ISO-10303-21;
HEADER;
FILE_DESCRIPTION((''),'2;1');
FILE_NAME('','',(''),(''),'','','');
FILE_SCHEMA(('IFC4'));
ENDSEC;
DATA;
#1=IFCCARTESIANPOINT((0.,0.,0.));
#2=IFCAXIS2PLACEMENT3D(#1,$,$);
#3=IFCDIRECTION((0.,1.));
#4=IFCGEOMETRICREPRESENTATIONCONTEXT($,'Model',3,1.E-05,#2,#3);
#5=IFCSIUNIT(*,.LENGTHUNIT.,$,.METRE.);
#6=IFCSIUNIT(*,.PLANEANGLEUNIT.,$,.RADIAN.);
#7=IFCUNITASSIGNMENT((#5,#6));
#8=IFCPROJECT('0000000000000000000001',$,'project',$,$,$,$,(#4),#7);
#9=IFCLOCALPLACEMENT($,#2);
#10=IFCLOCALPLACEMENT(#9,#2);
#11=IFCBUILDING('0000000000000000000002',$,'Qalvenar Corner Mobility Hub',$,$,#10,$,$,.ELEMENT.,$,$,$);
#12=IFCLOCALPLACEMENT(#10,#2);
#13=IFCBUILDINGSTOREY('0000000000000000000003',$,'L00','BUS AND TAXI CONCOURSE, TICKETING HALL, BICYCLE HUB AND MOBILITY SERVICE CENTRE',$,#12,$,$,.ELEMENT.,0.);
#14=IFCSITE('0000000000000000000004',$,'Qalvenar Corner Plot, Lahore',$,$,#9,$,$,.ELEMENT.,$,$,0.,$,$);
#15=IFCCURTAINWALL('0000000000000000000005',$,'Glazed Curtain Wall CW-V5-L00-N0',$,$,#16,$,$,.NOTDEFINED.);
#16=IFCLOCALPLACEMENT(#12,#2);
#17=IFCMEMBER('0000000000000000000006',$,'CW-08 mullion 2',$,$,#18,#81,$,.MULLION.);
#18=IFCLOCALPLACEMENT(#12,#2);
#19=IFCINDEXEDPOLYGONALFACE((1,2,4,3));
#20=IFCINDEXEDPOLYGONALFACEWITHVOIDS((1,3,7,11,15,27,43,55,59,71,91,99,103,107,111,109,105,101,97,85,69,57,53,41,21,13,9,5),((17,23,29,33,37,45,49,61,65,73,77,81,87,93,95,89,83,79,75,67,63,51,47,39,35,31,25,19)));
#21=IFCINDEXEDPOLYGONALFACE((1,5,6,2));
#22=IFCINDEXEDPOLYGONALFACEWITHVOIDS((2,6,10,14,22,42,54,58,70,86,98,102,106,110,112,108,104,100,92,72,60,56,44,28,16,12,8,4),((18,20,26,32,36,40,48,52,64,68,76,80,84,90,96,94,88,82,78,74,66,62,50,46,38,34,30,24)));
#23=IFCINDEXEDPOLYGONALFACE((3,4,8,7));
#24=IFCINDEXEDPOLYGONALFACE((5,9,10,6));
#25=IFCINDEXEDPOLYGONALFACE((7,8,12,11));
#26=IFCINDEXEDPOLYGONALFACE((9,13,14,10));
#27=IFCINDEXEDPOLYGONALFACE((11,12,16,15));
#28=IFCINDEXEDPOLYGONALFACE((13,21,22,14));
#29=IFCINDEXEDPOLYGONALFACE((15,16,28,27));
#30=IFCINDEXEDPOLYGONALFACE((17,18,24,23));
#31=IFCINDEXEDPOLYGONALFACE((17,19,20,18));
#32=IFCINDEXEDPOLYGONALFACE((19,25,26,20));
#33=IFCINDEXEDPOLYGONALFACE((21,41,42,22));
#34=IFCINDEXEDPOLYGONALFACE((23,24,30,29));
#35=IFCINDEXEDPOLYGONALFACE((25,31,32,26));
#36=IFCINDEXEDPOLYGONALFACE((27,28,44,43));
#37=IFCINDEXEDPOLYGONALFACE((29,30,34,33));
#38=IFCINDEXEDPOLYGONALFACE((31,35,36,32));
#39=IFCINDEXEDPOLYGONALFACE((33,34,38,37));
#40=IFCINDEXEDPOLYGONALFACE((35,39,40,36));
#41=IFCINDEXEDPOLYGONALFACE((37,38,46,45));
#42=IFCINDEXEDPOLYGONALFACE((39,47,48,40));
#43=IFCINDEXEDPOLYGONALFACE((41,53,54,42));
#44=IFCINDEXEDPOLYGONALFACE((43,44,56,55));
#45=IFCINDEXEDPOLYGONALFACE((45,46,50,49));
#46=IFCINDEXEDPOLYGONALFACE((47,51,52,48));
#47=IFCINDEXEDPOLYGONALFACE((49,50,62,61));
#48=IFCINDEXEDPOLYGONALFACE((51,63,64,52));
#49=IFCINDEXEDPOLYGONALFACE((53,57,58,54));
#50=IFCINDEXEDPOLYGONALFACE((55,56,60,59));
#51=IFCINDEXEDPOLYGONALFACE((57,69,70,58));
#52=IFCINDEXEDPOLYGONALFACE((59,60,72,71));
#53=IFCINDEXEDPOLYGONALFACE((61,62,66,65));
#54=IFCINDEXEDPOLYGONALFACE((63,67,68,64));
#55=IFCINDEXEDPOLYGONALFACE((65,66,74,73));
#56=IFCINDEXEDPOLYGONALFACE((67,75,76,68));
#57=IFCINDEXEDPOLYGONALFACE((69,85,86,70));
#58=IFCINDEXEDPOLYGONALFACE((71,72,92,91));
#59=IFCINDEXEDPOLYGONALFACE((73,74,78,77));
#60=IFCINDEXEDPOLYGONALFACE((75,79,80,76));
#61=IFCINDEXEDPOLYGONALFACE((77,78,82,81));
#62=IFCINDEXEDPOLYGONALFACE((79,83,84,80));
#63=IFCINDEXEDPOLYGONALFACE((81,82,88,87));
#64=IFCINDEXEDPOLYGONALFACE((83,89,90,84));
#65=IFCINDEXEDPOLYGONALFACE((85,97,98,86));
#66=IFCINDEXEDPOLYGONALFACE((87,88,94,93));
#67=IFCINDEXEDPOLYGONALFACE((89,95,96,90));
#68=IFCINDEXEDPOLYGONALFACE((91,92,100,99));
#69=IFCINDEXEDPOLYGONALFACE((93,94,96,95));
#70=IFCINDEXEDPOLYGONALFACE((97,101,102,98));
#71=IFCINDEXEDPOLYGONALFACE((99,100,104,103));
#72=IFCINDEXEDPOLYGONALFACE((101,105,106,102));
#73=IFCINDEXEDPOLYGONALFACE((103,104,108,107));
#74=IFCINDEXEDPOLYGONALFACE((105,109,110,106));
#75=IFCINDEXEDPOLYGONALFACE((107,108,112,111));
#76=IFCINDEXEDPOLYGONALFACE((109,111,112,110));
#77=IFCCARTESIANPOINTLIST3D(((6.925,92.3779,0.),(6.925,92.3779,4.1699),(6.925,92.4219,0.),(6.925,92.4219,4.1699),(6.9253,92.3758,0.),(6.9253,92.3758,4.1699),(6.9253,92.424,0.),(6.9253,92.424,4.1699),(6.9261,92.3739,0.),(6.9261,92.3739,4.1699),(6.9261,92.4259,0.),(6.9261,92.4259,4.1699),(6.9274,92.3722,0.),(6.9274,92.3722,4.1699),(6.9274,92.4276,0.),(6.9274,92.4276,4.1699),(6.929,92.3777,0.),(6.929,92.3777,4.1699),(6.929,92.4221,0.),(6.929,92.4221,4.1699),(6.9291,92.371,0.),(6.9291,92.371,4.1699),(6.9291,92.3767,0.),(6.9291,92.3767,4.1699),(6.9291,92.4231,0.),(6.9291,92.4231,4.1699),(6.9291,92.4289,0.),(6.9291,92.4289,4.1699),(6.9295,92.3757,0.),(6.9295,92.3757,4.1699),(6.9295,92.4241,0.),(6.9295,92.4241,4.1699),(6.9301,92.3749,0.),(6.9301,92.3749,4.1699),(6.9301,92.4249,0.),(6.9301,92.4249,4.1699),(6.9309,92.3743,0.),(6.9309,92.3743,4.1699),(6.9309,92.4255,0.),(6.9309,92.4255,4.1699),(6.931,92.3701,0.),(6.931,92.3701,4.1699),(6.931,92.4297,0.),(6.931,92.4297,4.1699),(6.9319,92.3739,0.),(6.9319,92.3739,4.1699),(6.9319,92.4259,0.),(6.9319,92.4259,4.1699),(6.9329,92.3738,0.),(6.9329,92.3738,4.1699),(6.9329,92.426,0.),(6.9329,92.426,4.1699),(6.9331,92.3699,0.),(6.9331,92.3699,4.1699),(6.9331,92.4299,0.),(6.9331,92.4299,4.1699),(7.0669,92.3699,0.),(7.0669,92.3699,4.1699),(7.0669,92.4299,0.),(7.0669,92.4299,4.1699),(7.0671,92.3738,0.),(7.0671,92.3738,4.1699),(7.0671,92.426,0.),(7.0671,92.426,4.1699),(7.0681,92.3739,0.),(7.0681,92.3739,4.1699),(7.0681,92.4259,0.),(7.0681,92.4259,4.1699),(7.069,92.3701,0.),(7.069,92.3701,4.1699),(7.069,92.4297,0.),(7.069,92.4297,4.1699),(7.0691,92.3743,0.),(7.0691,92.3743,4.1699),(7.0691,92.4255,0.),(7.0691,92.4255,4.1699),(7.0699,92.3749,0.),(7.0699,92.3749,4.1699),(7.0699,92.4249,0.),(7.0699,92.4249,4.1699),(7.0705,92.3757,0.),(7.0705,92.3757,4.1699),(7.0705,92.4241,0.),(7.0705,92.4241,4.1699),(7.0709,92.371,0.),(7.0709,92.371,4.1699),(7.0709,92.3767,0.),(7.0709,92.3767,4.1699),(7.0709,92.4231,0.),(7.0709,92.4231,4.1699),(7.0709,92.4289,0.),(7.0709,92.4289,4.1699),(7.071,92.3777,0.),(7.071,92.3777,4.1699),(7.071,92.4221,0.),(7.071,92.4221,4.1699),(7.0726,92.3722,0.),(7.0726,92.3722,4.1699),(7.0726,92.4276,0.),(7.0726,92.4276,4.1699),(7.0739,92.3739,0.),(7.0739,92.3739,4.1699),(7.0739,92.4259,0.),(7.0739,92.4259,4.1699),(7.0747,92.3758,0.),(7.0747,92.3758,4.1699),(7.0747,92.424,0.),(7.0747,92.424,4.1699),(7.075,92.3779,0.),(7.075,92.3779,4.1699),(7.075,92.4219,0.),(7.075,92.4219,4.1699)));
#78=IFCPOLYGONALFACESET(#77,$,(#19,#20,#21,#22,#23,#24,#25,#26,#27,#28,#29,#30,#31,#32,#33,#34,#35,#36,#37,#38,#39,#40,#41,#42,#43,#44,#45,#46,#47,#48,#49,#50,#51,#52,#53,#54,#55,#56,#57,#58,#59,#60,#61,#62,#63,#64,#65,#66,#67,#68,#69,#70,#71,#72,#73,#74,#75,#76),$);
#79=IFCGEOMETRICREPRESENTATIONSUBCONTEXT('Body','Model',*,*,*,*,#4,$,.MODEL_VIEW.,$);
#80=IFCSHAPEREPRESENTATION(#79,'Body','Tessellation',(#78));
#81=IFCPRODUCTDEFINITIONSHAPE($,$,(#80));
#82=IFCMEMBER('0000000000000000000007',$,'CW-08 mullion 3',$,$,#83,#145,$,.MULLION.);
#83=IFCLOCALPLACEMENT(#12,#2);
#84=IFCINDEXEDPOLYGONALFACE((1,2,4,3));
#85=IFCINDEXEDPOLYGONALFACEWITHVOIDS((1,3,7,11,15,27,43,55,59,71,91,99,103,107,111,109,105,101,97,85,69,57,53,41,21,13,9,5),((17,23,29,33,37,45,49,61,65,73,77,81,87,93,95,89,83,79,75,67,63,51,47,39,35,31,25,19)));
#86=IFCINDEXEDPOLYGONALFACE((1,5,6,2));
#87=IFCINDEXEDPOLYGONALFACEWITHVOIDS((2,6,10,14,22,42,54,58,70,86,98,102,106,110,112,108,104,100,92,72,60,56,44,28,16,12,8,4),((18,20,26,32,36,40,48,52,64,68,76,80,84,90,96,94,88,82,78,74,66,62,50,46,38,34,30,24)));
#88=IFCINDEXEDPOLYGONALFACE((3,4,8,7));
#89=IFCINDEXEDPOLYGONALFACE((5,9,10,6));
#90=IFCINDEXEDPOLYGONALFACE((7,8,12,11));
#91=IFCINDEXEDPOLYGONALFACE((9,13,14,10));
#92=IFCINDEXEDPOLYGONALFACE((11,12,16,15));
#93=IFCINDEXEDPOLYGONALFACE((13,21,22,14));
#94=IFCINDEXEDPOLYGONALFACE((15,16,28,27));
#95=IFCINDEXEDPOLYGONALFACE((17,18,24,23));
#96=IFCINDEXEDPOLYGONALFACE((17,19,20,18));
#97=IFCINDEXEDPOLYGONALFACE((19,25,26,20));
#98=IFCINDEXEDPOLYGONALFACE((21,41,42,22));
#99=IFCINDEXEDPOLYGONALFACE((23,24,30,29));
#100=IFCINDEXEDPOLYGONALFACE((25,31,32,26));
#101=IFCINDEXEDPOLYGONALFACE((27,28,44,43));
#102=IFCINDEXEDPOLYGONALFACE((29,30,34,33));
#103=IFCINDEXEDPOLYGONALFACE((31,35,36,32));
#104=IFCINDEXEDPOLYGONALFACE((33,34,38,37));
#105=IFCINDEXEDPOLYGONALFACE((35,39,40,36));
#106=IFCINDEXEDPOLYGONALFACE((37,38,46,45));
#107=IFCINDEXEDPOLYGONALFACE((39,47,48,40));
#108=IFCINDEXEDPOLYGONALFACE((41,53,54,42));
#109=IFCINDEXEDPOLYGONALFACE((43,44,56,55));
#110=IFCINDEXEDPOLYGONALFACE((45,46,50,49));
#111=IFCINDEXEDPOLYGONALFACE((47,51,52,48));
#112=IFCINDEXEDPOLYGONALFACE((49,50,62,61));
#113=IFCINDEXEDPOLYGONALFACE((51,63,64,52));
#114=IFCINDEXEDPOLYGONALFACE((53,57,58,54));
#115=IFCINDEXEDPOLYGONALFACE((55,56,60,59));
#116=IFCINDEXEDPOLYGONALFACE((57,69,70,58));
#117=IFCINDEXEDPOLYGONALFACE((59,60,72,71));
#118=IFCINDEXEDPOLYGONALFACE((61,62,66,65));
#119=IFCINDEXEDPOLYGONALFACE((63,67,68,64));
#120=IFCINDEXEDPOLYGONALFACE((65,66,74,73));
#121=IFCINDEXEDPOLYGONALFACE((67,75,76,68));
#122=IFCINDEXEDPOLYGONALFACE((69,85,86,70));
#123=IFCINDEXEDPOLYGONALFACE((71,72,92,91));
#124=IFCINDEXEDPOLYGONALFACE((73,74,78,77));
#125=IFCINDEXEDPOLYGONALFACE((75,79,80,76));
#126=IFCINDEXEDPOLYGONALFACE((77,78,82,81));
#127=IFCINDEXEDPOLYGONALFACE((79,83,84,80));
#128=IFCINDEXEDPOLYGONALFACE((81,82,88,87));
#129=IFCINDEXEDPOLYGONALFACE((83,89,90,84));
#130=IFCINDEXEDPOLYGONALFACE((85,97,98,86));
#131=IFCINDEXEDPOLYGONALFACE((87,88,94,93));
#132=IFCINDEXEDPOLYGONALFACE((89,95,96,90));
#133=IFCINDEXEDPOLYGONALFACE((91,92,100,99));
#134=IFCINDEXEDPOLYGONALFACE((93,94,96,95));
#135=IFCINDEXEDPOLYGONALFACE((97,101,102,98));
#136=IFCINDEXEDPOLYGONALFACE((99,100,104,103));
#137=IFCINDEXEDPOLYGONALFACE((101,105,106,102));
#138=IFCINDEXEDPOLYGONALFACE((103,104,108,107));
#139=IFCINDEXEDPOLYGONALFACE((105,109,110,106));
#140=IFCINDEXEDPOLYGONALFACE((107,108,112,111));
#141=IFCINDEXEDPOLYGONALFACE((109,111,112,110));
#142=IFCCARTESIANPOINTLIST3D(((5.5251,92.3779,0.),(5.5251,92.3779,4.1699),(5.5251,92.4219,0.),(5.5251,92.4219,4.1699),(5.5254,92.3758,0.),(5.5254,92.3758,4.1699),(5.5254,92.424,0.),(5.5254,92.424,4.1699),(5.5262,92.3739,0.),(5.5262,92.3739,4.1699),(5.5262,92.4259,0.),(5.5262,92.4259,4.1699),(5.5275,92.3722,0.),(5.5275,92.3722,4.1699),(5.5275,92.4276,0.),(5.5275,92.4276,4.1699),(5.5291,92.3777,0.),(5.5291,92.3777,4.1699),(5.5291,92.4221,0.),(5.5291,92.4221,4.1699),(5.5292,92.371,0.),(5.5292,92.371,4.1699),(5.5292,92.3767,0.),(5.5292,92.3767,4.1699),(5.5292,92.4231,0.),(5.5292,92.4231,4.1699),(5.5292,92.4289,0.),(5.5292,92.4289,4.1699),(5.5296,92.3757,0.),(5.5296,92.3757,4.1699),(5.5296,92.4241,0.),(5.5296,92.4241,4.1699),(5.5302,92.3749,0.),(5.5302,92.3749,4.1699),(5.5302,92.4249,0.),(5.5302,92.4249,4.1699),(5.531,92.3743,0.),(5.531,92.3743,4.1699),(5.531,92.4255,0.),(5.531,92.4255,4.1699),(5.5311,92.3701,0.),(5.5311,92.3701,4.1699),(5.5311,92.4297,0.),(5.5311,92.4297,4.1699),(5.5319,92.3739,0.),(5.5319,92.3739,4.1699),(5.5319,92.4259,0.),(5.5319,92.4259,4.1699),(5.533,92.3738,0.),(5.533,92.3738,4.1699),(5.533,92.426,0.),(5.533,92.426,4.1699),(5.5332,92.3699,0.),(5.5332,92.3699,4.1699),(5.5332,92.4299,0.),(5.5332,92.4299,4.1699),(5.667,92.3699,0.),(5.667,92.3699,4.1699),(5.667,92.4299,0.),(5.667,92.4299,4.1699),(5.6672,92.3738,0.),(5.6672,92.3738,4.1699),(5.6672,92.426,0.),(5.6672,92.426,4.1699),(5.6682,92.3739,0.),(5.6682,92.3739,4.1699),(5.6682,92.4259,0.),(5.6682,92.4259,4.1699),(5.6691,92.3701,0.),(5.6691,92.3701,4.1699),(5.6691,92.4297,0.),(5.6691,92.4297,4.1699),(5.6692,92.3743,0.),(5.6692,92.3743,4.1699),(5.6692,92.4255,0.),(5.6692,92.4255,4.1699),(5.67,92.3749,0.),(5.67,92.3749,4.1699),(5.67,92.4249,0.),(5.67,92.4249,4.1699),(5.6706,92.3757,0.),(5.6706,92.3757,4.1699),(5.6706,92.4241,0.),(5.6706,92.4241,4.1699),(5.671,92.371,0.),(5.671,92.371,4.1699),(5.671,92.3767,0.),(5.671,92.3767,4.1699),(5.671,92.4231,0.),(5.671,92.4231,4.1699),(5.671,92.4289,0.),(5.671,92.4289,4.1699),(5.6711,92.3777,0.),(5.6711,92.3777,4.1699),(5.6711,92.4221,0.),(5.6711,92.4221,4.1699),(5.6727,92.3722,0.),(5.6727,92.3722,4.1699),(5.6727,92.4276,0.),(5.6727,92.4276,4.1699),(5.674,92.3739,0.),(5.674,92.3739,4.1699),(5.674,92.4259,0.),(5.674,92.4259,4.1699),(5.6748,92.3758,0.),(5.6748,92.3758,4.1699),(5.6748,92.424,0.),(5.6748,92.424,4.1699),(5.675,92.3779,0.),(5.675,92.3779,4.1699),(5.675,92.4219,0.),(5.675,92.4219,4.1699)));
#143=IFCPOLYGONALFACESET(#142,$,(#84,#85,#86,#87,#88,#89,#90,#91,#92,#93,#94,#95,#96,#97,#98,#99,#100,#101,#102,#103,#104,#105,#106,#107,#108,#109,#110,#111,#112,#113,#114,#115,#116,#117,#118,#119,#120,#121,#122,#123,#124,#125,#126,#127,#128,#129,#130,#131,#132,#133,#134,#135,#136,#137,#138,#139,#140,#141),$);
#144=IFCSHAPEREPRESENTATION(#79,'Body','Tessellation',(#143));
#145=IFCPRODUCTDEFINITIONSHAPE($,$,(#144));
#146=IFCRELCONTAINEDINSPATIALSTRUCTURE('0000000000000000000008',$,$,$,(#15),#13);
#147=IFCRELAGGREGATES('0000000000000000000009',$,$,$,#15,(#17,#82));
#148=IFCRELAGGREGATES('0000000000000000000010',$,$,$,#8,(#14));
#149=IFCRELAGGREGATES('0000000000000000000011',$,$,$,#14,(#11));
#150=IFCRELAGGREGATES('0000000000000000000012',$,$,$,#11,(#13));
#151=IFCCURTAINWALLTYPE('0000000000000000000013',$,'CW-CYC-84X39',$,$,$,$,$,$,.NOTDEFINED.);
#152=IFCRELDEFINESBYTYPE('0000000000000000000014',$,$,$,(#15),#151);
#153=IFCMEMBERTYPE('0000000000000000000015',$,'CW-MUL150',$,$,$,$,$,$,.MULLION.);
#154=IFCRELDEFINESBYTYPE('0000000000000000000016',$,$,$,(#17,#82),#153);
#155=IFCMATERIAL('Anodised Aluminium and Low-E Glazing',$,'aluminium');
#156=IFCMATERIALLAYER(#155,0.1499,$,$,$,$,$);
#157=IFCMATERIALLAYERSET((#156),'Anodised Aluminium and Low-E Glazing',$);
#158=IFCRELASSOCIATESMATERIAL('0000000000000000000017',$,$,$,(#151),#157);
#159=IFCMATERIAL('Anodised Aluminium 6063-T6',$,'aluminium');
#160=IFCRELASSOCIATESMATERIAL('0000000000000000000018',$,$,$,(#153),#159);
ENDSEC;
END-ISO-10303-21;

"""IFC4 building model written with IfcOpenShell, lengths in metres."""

from ifc_helpers import new_model, si_unit, direction, frame, origin, origin_2d, place, context, subcontext, project, spatial, hollow_rectangle, extrude, material, layer, layer_set, material_profile, profile_set, type_object, element, aggregate, save


model = new_model("IFC4")

# Units and contexts
model_context = context("Model", 3, precision=1e-05, world=origin(), true_north=direction((0.0, 1.0)))
body_context = subcontext(model_context, "Body", "Model", "MODEL_VIEW")
ifc_project = project(units=[si_unit("LENGTHUNIT", "METRE"), si_unit("PLANEANGLEUNIT", "RADIAN")], contexts=[model_context])

# Site, building, storey
site_placement = place(None, origin())
site = spatial("IfcSite", under=ifc_project, at=site_placement, Name="Qalvenar Corner Plot, Lahore", CompositionType="ELEMENT", RefElevation=0.0)
building_placement = place(site_placement, origin())
building = spatial("IfcBuilding", under=site, at=building_placement, Name="Qalvenar Corner Mobility Hub", CompositionType="ELEMENT")
storey_placement = place(building_placement, origin())
storey = spatial("IfcBuildingStorey", under=building, at=storey_placement, Name="L00", Description="BUS AND TAXI CONCOURSE, TICKETING HALL, BICYCLE HUB AND MOBILITY SERVICE CENTRE", CompositionType="ELEMENT", Elevation=0.0)

# Curtain wall, members
ifc_material_1 = material(Name="Anodised Aluminium and Low-E Glazing", Category="aluminium")
ifc_layer_1 = layer(ifc_material_1, 0.1499)
ifc_layer_set_1 = layer_set([ifc_layer_1], Name="Anodised Aluminium and Low-E Glazing")
curtain_wall_type = type_object("IfcCurtainWallType", Name="CW-CYC-84X39", PredefinedType="NOTDEFINED", material=ifc_layer_set_1)
curtain_wall_placement = place(storey_placement, origin())
curtain_wall = element("IfcCurtainWall", 1, at=curtain_wall_placement, inside=storey, type_object=curtain_wall_type, Name="Glazed Curtain Wall CW-V5-L00-N0", PredefinedType="NOTDEFINED")
ifc_material_2 = material(Name="Anodised Aluminium 6063-T6", Category="aluminium")
ifc_material_profile_1 = material_profile(ifc_material_2, hollow_rectangle(XDim=0.0601, YDim=0.1499, WallThickness=0.0039, InnerFilletRadius=0.0039, OuterFilletRadius=0.0081, at=origin_2d()), Name="RHS150x60x4")
ifc_profile_set_1 = profile_set([ifc_material_profile_1], Name="Anodised Aluminium 6063-T6")
member_type_1 = type_object("IfcMemberType", Name="CW-MUL150", PredefinedType="MULLION", material=ifc_profile_set_1)
member_1_placement = place(storey_placement, frame((7.0, 92.3999, 0.0), z_axis=(0.0, 0.0, 1.0), x_axis=(0.0, -1.0, 0.0)))
member_1 = element("IfcMember", 2, at=member_1_placement, type_object=member_type_1, Name="CW-08 mullion 2", PredefinedType="MULLION", context=body_context, shape_type="SweptSolid", body=[
    extrude(hollow_rectangle(XDim=0.0601, YDim=0.1499, WallThickness=0.0039, InnerFilletRadius=0.0039, OuterFilletRadius=0.0081, at=origin_2d()), origin(), (0.0, 0.0, 1.0), 4.1699),
])
member_2_placement = place(storey_placement, frame((5.6001, 92.3999, 0.0), z_axis=(0.0, 0.0, 1.0), x_axis=(0.0, -1.0, 0.0)))
member_2 = element("IfcMember", 3, at=member_2_placement, type_object=member_type_1, Name="CW-08 mullion 3", PredefinedType="MULLION", context=body_context, shape_type="SweptSolid", body=[
    extrude(hollow_rectangle(XDim=0.0601, YDim=0.1499, WallThickness=0.0039, InnerFilletRadius=0.0039, OuterFilletRadius=0.0081, at=origin_2d()), origin(), (0.0, 0.0, 1.0), 4.1699),
])
aggregate(curtain_wall, [member_1, member_2])

save(model, "model.ifc")
